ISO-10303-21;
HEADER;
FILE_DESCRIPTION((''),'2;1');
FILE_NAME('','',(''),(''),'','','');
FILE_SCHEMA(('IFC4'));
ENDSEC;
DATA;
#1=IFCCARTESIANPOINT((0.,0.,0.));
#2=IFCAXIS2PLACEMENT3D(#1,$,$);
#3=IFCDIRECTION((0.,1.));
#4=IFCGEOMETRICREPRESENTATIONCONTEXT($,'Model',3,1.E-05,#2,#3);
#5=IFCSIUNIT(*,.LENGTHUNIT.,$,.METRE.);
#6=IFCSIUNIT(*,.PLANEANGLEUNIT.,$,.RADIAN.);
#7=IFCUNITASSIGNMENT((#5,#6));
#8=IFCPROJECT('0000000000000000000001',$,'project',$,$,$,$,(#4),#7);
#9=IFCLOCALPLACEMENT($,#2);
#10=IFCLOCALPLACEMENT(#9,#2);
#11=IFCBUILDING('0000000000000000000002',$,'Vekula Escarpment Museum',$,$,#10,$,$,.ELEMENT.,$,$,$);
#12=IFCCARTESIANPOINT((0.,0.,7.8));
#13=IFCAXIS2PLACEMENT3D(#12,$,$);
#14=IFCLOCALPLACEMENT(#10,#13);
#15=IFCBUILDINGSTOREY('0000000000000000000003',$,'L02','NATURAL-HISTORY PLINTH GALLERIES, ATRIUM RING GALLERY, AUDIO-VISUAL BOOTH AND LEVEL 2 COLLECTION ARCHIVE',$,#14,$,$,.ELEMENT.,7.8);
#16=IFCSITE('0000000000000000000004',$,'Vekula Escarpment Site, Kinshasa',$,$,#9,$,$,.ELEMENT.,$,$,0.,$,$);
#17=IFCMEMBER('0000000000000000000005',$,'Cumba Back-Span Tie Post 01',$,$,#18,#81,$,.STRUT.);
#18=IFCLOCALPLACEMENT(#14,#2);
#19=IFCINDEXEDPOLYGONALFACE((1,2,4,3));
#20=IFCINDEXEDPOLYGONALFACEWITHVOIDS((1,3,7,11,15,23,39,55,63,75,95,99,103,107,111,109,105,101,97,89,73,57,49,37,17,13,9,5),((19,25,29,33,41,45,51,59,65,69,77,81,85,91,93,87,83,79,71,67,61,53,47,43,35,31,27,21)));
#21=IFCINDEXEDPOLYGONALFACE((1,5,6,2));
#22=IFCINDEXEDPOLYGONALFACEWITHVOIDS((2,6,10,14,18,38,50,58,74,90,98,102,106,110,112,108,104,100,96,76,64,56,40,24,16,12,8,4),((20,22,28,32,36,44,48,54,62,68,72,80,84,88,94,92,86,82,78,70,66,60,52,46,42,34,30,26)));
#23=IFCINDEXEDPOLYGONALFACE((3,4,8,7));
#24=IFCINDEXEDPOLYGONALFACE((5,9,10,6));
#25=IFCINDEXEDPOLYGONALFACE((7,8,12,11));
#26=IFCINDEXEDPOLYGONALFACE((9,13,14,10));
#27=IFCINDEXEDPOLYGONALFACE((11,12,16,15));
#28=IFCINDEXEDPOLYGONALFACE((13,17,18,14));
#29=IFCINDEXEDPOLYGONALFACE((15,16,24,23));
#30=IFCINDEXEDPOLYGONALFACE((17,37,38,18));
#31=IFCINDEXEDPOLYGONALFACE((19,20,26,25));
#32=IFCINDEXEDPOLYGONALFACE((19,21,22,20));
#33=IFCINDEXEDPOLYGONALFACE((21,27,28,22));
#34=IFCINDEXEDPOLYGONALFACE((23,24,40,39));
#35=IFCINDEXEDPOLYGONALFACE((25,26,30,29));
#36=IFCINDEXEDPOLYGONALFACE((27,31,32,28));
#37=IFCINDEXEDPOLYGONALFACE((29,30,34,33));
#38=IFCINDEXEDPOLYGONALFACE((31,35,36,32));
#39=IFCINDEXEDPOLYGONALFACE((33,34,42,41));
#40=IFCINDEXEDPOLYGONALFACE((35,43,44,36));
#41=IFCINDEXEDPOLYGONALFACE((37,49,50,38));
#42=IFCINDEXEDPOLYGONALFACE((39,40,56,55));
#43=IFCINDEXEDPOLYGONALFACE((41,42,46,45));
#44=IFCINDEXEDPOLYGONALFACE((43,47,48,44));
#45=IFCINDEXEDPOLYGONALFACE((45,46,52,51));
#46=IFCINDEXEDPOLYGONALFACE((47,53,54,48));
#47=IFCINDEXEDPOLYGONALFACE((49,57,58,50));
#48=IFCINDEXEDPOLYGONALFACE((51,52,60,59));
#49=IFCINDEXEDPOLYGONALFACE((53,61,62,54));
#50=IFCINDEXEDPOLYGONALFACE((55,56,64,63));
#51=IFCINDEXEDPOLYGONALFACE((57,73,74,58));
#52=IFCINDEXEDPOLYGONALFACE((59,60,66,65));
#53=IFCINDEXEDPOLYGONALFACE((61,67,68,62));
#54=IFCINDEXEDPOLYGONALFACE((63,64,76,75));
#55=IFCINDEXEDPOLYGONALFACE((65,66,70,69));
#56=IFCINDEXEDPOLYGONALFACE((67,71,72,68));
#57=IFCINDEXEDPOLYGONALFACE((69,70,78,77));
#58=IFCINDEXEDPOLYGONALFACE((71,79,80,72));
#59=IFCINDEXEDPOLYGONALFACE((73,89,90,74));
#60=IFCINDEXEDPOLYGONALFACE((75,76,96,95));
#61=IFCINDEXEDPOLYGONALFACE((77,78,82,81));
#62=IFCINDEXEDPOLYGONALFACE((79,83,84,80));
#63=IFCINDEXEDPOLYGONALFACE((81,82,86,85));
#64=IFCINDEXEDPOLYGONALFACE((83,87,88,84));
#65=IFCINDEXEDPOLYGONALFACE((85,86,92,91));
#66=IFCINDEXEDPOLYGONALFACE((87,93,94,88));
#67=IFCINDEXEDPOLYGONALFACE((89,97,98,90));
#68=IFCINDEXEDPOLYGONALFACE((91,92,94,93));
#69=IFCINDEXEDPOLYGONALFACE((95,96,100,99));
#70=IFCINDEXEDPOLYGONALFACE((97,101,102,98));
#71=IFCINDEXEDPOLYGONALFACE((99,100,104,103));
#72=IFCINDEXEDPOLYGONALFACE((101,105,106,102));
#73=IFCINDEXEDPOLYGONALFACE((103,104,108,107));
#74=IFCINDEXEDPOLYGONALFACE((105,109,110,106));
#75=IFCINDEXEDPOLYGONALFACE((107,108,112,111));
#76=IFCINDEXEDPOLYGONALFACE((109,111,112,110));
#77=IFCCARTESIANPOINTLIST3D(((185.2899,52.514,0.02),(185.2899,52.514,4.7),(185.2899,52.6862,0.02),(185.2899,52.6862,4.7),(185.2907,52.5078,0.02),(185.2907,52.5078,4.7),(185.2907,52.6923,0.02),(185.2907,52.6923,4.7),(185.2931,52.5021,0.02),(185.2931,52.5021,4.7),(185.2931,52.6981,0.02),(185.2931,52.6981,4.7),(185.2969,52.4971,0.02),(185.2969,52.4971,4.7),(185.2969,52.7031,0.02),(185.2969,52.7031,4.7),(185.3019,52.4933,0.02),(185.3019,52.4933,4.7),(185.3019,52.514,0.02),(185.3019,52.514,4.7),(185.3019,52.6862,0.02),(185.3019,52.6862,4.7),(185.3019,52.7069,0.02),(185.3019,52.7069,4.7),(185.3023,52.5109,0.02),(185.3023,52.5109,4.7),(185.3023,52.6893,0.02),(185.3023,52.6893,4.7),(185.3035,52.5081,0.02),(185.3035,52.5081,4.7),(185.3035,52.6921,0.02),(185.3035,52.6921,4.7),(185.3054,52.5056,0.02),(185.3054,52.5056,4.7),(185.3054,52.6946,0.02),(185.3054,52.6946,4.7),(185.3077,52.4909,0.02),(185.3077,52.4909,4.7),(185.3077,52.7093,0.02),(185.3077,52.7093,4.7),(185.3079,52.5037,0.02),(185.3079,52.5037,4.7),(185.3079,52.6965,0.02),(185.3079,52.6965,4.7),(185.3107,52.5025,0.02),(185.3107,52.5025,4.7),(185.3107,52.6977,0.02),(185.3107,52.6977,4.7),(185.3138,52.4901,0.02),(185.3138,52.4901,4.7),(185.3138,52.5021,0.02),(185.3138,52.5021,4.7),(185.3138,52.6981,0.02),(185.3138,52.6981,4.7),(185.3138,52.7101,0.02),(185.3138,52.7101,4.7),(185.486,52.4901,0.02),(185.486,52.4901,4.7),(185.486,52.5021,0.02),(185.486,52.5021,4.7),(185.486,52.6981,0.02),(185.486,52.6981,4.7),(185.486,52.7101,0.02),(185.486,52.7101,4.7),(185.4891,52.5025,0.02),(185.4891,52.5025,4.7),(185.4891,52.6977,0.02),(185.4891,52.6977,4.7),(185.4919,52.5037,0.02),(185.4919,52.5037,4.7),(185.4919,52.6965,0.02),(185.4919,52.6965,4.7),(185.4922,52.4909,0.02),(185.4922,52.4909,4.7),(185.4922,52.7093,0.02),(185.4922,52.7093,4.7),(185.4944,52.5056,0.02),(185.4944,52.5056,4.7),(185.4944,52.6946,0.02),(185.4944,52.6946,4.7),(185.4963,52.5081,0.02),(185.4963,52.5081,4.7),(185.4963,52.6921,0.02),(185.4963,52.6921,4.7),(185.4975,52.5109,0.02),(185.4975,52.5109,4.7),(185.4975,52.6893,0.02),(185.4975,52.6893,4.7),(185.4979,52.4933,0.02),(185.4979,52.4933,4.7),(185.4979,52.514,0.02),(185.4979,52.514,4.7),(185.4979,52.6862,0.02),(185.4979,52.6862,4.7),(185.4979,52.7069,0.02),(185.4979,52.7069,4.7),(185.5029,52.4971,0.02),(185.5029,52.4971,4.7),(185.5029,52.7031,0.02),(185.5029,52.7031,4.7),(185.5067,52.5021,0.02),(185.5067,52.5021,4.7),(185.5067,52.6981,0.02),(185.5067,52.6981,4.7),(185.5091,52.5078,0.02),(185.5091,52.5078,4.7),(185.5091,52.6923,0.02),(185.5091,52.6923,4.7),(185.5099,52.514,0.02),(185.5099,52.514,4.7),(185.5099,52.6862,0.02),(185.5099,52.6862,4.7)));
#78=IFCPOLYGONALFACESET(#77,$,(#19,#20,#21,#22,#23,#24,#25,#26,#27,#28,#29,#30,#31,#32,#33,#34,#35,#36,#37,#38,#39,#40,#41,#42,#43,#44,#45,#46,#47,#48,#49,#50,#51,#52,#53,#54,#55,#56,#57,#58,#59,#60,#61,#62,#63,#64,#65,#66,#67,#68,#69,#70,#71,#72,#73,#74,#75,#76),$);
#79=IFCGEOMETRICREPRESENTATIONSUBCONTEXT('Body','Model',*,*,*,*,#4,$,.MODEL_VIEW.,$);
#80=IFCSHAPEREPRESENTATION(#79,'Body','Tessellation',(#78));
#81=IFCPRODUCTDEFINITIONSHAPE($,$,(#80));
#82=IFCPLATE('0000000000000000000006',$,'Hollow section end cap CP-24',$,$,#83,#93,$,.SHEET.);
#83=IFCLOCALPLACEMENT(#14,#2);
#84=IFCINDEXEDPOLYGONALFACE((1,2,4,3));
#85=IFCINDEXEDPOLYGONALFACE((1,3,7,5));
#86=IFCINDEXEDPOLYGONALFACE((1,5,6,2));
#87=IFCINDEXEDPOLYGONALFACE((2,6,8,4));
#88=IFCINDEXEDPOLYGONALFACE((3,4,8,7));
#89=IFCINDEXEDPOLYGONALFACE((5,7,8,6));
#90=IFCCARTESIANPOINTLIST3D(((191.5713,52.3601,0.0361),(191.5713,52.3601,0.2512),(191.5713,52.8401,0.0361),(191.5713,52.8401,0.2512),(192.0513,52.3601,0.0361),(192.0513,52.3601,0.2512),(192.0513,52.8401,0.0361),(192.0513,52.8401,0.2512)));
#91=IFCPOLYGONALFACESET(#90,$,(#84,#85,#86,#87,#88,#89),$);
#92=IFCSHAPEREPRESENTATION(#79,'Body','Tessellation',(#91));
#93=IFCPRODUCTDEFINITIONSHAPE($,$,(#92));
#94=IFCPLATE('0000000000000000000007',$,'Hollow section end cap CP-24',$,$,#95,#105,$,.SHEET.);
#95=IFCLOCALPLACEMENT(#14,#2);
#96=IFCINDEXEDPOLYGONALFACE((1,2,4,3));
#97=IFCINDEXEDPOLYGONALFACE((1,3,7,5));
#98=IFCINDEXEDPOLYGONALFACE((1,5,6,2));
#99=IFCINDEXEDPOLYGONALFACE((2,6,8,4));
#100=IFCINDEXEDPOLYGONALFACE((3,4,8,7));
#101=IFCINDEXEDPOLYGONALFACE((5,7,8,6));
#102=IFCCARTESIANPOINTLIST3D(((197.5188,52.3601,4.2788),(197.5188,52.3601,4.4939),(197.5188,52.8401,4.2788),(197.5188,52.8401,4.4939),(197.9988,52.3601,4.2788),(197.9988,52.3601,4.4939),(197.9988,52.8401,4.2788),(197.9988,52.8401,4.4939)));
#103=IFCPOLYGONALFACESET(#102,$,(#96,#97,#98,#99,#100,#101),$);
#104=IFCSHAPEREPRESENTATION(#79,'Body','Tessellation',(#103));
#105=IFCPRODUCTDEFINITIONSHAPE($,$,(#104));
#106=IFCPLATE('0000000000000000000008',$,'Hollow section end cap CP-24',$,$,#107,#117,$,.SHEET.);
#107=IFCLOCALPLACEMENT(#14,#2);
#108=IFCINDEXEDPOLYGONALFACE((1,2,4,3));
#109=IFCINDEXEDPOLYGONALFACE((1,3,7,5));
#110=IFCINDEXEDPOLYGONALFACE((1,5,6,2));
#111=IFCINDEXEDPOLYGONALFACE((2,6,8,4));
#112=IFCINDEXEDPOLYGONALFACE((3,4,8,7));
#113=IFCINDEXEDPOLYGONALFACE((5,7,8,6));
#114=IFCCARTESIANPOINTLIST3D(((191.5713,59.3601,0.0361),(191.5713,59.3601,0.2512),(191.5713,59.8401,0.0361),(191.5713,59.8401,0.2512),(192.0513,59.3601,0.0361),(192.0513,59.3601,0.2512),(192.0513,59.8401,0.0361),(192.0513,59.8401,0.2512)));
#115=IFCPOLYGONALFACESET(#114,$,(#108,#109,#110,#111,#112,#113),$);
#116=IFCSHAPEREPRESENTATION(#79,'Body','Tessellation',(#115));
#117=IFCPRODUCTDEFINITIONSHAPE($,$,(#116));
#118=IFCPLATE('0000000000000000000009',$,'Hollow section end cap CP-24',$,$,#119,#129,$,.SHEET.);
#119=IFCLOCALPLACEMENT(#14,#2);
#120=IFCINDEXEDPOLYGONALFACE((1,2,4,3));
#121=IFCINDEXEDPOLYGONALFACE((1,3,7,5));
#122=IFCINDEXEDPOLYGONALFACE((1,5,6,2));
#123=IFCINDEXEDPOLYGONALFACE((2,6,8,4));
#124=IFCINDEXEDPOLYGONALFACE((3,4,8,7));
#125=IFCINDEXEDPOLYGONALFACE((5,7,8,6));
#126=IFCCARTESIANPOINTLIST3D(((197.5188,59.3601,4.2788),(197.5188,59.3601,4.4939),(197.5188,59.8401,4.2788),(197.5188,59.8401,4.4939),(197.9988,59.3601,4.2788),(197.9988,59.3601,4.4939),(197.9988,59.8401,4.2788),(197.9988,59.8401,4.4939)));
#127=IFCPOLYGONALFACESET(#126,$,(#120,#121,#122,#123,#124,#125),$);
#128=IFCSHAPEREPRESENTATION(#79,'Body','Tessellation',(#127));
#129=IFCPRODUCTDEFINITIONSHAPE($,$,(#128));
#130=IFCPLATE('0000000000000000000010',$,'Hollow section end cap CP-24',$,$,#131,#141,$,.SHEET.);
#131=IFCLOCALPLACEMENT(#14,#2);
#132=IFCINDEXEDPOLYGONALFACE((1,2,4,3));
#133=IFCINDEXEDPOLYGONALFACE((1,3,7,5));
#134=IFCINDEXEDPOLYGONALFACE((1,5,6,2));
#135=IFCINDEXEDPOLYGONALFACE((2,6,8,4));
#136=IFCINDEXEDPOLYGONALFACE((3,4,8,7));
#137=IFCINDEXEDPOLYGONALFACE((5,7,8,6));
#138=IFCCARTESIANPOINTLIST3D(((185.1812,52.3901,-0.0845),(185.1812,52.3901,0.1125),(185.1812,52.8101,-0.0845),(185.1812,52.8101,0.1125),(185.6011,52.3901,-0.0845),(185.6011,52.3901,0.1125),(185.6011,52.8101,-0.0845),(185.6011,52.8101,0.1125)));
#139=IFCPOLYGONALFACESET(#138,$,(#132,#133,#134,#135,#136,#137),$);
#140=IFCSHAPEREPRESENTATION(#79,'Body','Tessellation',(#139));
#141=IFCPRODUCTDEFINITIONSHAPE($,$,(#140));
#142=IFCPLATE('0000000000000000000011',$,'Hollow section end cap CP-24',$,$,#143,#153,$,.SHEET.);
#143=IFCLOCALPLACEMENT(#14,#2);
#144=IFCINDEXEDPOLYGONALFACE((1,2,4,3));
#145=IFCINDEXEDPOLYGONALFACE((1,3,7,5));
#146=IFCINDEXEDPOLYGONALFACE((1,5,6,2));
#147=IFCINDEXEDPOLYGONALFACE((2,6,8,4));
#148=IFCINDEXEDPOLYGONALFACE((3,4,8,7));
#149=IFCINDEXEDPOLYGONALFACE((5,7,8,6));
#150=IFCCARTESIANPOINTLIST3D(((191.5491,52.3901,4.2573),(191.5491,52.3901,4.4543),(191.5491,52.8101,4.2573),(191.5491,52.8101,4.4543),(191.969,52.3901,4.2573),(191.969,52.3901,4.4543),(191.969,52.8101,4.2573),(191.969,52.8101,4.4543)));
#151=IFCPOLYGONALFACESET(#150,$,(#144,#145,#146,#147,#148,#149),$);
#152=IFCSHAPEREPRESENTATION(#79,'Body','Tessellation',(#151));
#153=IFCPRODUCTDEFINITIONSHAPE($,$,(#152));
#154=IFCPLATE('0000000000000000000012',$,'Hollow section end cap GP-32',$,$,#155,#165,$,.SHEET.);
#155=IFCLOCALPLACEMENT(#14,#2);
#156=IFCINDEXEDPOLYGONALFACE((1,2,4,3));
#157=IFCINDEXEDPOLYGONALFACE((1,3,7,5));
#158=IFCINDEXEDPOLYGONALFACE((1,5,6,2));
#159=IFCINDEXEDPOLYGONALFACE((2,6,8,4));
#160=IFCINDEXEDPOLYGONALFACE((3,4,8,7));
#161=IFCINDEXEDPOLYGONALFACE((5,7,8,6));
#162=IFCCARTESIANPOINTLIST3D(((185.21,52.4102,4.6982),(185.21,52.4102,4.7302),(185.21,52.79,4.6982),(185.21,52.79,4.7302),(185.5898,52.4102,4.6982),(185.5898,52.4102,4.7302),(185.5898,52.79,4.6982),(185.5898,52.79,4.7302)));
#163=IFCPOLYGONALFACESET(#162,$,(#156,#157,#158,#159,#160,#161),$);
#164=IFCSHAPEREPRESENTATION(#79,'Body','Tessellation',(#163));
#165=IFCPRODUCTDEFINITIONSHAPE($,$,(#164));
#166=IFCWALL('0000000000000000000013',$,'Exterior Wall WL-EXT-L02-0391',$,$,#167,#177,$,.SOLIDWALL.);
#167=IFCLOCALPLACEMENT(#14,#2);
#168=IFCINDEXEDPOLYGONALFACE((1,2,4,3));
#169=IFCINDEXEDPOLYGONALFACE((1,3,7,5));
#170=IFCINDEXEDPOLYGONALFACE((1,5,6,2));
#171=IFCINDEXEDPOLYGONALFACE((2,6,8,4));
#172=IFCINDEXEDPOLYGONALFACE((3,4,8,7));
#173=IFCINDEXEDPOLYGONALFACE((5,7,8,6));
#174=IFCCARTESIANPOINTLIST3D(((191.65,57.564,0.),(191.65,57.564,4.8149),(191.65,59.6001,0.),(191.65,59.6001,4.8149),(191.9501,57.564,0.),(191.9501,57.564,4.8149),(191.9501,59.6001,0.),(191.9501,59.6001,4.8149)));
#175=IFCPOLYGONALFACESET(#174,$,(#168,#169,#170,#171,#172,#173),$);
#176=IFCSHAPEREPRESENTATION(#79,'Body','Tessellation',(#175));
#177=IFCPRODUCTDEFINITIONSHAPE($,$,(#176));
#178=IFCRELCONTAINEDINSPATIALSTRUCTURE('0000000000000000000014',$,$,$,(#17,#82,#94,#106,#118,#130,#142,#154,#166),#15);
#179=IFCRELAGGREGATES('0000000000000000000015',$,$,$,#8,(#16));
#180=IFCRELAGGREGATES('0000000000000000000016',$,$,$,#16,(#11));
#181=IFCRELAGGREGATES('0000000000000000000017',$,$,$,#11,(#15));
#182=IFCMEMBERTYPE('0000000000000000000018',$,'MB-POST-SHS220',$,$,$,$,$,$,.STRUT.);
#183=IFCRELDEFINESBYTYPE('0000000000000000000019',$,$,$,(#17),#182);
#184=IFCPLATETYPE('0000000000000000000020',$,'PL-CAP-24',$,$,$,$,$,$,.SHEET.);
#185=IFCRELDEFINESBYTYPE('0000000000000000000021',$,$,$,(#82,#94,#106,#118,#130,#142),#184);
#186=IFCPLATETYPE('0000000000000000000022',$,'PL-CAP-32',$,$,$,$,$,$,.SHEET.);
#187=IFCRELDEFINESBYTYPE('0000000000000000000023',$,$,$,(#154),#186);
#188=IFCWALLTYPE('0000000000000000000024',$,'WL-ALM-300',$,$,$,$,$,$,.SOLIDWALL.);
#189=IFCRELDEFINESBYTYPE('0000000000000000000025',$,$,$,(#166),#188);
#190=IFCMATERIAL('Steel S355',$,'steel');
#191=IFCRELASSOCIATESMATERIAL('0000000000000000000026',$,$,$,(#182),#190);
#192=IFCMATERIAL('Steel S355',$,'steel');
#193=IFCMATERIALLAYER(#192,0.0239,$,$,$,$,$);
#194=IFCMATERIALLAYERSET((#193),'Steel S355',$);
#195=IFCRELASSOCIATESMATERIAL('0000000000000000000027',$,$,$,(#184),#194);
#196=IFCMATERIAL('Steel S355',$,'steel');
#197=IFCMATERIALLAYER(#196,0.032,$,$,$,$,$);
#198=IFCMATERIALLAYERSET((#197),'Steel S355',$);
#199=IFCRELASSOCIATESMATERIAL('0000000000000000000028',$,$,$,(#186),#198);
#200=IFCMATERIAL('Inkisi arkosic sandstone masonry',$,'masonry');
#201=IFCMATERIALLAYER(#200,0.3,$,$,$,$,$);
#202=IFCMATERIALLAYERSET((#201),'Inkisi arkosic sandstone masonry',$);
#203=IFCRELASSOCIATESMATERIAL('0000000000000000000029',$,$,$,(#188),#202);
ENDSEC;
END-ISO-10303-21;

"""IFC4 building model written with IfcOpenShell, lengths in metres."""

from ifc_helpers import new_model, si_unit, direction, frame, frame_2d, origin, origin_2d, place, context, subcontext, project, spatial, rectangle, hollow_rectangle, extrude, material, layer, layer_set, material_profile, profile_set, type_object, element, save


model = new_model("IFC4")

# Units and contexts
model_context = context("Model", 3, precision=1e-05, world=origin(), true_north=direction((0.0, 1.0)))
body_context = subcontext(model_context, "Body", "Model", "MODEL_VIEW")
ifc_project = project(units=[si_unit("LENGTHUNIT", "METRE"), si_unit("PLANEANGLEUNIT", "RADIAN")], contexts=[model_context])

# Site, building, storey
site_placement = place(None, origin())
site = spatial("IfcSite", under=ifc_project, at=site_placement, Name="Vekula Escarpment Site, Kinshasa", CompositionType="ELEMENT", RefElevation=0.0)
building_placement = place(site_placement, origin())
building = spatial("IfcBuilding", under=site, at=building_placement, Name="Vekula Escarpment Museum", CompositionType="ELEMENT")
storey_placement = place(building_placement, frame((0.0, 0.0, 7.8)))
storey = spatial("IfcBuildingStorey", under=building, at=storey_placement, Name="L02", Description="NATURAL-HISTORY PLINTH GALLERIES, ATRIUM RING GALLERY, AUDIO-VISUAL BOOTH AND LEVEL 2 COLLECTION ARCHIVE", CompositionType="ELEMENT", Elevation=7.8)

# Member
ifc_material_1 = material(Name="Steel S355", Category="steel")
ifc_material_profile_1 = material_profile(ifc_material_1, hollow_rectangle(XDim=0.22, YDim=0.22, WallThickness=0.012, InnerFilletRadius=0.012, OuterFilletRadius=0.0239, at=origin_2d()), Name="SHS 220x220x12")
ifc_profile_set_1 = profile_set([ifc_material_profile_1], Name="Steel S355")
member_type_1 = type_object("IfcMemberType", Name="MB-POST-SHS220", PredefinedType="STRUT", material=ifc_profile_set_1)
member_1_placement = place(storey_placement, frame((185.3999, 52.6001, 0.02), z_axis=(0.0, 0.0, 1.0), x_axis=(1.0, 0.0, 0.0)))
element("IfcMember", 1, at=member_1_placement, inside=storey, type_object=member_type_1, Name="Cumba Back-Span Tie Post 01", PredefinedType="STRUT", context=body_context, shape_type="SweptSolid", body=[
    extrude(hollow_rectangle(XDim=0.22, YDim=0.22, WallThickness=0.012, InnerFilletRadius=0.012, OuterFilletRadius=0.0239, at=origin_2d()), origin(), (0.0, 0.0, 1.0), 4.6799),
])

# Plates
ifc_material_2 = material(Name="Steel S355", Category="steel")
ifc_layer_1 = layer(ifc_material_2, 0.0239)
ifc_layer_set_1 = layer_set([ifc_layer_1], Name="Steel S355")
plate_type_1 = type_object("IfcPlateType", Name="PL-CAP-24", PredefinedType="SHEET", material=ifc_layer_set_1)
for number, where, z_axis, x_axis, name in (
    (2, (191.8113, 52.6001, 0.0361), (0.0, 0.0, 1.0), (1.0, 0.0, 0.0), "Hollow section end cap CP-24"),
    (3, (197.7588, 52.6001, 4.2788), (0.0, 0.0, 1.0), (1.0, 0.0, 0.0), "Hollow section end cap CP-24"),
    (4, (191.8113, 59.6001, 0.0361), (0.0, 0.0, 1.0), (1.0, 0.0, 0.0), "Hollow section end cap CP-24"),
    (5, (197.7588, 59.6001, 4.2788), (0.0, 0.0, 1.0), (1.0, 0.0, 0.0), "Hollow section end cap CP-24"),
):
    element("IfcPlate", number, at=place(storey_placement, frame(where, z_axis=z_axis, x_axis=x_axis)), inside=storey, type_object=plate_type_1, Name=name, PredefinedType="SHEET", context=body_context, shape_type="SweptSolid", body=[
        extrude(rectangle(XDim=0.48, YDim=0.48, at=origin_2d()), origin(), (0.0, 0.0, 1.0), 0.2151),
    ])
for number, where, z_axis, x_axis, name in (
    (6, (185.3911, 52.6001, -0.0845), (0.0, 0.0, 1.0), (1.0, 0.0, 0.0), "Hollow section end cap CP-24"),
    (7, (191.759, 52.6001, 4.2573), (0.0, 0.0, 1.0), (1.0, 0.0, 0.0), "Hollow section end cap CP-24"),
):
    element("IfcPlate", number, at=place(storey_placement, frame(where, z_axis=z_axis, x_axis=x_axis)), inside=storey, type_object=plate_type_1, Name=name, PredefinedType="SHEET", context=body_context, shape_type="SweptSolid", body=[
        extrude(rectangle(XDim=0.4199, YDim=0.4199, at=origin_2d()), origin(), (0.0, 0.0, 1.0), 0.197),
    ])
ifc_material_3 = material(Name="Steel S355", Category="steel")
ifc_layer_2 = layer(ifc_material_3, 0.032)
ifc_layer_set_2 = layer_set([ifc_layer_2], Name="Steel S355")
plate_type_2 = type_object("IfcPlateType", Name="PL-CAP-32", PredefinedType="SHEET", material=ifc_layer_set_2)
plate_placement = place(storey_placement, frame((185.3999, 52.6001, 4.6982), z_axis=(0.0, 0.0, 1.0), x_axis=(1.0, 0.0, 0.0)))
element("IfcPlate", 8, at=plate_placement, inside=storey, type_object=plate_type_2, Name="Hollow section end cap GP-32", PredefinedType="SHEET", context=body_context, shape_type="SweptSolid", body=[
    extrude(rectangle(XDim=0.3799, YDim=0.3799, at=origin_2d()), origin(), (0.0, 0.0, 1.0), 0.032),
])

# Wall
ifc_material_4 = material(Name="Inkisi arkosic sandstone masonry", Category="masonry")
ifc_layer_3 = layer(ifc_material_4, 0.3)
ifc_layer_set_3 = layer_set([ifc_layer_3], Name="Inkisi arkosic sandstone masonry")
wall_type_1 = type_object("IfcWallType", Name="WL-ALM-300", PredefinedType="SOLIDWALL", material=ifc_layer_set_3)
wall_1_placement = place(storey_placement, frame((191.8, 59.6001, 0.0), z_axis=(0.0, 0.0, 1.0), x_axis=(0.0, -1.0, 0.0)))
element("IfcWall", 9, at=wall_1_placement, inside=storey, type_object=wall_type_1, Name="Exterior Wall WL-EXT-L02-0391", PredefinedType="SOLIDWALL", context=body_context, shape_type="SweptSolid", body=[
    extrude(rectangle(XDim=2.0361, YDim=0.3, at=frame_2d((1.0181, 0.0))), origin(), (0.0, 0.0, 1.0), 4.8149),
])

save(model, "model.ifc")
